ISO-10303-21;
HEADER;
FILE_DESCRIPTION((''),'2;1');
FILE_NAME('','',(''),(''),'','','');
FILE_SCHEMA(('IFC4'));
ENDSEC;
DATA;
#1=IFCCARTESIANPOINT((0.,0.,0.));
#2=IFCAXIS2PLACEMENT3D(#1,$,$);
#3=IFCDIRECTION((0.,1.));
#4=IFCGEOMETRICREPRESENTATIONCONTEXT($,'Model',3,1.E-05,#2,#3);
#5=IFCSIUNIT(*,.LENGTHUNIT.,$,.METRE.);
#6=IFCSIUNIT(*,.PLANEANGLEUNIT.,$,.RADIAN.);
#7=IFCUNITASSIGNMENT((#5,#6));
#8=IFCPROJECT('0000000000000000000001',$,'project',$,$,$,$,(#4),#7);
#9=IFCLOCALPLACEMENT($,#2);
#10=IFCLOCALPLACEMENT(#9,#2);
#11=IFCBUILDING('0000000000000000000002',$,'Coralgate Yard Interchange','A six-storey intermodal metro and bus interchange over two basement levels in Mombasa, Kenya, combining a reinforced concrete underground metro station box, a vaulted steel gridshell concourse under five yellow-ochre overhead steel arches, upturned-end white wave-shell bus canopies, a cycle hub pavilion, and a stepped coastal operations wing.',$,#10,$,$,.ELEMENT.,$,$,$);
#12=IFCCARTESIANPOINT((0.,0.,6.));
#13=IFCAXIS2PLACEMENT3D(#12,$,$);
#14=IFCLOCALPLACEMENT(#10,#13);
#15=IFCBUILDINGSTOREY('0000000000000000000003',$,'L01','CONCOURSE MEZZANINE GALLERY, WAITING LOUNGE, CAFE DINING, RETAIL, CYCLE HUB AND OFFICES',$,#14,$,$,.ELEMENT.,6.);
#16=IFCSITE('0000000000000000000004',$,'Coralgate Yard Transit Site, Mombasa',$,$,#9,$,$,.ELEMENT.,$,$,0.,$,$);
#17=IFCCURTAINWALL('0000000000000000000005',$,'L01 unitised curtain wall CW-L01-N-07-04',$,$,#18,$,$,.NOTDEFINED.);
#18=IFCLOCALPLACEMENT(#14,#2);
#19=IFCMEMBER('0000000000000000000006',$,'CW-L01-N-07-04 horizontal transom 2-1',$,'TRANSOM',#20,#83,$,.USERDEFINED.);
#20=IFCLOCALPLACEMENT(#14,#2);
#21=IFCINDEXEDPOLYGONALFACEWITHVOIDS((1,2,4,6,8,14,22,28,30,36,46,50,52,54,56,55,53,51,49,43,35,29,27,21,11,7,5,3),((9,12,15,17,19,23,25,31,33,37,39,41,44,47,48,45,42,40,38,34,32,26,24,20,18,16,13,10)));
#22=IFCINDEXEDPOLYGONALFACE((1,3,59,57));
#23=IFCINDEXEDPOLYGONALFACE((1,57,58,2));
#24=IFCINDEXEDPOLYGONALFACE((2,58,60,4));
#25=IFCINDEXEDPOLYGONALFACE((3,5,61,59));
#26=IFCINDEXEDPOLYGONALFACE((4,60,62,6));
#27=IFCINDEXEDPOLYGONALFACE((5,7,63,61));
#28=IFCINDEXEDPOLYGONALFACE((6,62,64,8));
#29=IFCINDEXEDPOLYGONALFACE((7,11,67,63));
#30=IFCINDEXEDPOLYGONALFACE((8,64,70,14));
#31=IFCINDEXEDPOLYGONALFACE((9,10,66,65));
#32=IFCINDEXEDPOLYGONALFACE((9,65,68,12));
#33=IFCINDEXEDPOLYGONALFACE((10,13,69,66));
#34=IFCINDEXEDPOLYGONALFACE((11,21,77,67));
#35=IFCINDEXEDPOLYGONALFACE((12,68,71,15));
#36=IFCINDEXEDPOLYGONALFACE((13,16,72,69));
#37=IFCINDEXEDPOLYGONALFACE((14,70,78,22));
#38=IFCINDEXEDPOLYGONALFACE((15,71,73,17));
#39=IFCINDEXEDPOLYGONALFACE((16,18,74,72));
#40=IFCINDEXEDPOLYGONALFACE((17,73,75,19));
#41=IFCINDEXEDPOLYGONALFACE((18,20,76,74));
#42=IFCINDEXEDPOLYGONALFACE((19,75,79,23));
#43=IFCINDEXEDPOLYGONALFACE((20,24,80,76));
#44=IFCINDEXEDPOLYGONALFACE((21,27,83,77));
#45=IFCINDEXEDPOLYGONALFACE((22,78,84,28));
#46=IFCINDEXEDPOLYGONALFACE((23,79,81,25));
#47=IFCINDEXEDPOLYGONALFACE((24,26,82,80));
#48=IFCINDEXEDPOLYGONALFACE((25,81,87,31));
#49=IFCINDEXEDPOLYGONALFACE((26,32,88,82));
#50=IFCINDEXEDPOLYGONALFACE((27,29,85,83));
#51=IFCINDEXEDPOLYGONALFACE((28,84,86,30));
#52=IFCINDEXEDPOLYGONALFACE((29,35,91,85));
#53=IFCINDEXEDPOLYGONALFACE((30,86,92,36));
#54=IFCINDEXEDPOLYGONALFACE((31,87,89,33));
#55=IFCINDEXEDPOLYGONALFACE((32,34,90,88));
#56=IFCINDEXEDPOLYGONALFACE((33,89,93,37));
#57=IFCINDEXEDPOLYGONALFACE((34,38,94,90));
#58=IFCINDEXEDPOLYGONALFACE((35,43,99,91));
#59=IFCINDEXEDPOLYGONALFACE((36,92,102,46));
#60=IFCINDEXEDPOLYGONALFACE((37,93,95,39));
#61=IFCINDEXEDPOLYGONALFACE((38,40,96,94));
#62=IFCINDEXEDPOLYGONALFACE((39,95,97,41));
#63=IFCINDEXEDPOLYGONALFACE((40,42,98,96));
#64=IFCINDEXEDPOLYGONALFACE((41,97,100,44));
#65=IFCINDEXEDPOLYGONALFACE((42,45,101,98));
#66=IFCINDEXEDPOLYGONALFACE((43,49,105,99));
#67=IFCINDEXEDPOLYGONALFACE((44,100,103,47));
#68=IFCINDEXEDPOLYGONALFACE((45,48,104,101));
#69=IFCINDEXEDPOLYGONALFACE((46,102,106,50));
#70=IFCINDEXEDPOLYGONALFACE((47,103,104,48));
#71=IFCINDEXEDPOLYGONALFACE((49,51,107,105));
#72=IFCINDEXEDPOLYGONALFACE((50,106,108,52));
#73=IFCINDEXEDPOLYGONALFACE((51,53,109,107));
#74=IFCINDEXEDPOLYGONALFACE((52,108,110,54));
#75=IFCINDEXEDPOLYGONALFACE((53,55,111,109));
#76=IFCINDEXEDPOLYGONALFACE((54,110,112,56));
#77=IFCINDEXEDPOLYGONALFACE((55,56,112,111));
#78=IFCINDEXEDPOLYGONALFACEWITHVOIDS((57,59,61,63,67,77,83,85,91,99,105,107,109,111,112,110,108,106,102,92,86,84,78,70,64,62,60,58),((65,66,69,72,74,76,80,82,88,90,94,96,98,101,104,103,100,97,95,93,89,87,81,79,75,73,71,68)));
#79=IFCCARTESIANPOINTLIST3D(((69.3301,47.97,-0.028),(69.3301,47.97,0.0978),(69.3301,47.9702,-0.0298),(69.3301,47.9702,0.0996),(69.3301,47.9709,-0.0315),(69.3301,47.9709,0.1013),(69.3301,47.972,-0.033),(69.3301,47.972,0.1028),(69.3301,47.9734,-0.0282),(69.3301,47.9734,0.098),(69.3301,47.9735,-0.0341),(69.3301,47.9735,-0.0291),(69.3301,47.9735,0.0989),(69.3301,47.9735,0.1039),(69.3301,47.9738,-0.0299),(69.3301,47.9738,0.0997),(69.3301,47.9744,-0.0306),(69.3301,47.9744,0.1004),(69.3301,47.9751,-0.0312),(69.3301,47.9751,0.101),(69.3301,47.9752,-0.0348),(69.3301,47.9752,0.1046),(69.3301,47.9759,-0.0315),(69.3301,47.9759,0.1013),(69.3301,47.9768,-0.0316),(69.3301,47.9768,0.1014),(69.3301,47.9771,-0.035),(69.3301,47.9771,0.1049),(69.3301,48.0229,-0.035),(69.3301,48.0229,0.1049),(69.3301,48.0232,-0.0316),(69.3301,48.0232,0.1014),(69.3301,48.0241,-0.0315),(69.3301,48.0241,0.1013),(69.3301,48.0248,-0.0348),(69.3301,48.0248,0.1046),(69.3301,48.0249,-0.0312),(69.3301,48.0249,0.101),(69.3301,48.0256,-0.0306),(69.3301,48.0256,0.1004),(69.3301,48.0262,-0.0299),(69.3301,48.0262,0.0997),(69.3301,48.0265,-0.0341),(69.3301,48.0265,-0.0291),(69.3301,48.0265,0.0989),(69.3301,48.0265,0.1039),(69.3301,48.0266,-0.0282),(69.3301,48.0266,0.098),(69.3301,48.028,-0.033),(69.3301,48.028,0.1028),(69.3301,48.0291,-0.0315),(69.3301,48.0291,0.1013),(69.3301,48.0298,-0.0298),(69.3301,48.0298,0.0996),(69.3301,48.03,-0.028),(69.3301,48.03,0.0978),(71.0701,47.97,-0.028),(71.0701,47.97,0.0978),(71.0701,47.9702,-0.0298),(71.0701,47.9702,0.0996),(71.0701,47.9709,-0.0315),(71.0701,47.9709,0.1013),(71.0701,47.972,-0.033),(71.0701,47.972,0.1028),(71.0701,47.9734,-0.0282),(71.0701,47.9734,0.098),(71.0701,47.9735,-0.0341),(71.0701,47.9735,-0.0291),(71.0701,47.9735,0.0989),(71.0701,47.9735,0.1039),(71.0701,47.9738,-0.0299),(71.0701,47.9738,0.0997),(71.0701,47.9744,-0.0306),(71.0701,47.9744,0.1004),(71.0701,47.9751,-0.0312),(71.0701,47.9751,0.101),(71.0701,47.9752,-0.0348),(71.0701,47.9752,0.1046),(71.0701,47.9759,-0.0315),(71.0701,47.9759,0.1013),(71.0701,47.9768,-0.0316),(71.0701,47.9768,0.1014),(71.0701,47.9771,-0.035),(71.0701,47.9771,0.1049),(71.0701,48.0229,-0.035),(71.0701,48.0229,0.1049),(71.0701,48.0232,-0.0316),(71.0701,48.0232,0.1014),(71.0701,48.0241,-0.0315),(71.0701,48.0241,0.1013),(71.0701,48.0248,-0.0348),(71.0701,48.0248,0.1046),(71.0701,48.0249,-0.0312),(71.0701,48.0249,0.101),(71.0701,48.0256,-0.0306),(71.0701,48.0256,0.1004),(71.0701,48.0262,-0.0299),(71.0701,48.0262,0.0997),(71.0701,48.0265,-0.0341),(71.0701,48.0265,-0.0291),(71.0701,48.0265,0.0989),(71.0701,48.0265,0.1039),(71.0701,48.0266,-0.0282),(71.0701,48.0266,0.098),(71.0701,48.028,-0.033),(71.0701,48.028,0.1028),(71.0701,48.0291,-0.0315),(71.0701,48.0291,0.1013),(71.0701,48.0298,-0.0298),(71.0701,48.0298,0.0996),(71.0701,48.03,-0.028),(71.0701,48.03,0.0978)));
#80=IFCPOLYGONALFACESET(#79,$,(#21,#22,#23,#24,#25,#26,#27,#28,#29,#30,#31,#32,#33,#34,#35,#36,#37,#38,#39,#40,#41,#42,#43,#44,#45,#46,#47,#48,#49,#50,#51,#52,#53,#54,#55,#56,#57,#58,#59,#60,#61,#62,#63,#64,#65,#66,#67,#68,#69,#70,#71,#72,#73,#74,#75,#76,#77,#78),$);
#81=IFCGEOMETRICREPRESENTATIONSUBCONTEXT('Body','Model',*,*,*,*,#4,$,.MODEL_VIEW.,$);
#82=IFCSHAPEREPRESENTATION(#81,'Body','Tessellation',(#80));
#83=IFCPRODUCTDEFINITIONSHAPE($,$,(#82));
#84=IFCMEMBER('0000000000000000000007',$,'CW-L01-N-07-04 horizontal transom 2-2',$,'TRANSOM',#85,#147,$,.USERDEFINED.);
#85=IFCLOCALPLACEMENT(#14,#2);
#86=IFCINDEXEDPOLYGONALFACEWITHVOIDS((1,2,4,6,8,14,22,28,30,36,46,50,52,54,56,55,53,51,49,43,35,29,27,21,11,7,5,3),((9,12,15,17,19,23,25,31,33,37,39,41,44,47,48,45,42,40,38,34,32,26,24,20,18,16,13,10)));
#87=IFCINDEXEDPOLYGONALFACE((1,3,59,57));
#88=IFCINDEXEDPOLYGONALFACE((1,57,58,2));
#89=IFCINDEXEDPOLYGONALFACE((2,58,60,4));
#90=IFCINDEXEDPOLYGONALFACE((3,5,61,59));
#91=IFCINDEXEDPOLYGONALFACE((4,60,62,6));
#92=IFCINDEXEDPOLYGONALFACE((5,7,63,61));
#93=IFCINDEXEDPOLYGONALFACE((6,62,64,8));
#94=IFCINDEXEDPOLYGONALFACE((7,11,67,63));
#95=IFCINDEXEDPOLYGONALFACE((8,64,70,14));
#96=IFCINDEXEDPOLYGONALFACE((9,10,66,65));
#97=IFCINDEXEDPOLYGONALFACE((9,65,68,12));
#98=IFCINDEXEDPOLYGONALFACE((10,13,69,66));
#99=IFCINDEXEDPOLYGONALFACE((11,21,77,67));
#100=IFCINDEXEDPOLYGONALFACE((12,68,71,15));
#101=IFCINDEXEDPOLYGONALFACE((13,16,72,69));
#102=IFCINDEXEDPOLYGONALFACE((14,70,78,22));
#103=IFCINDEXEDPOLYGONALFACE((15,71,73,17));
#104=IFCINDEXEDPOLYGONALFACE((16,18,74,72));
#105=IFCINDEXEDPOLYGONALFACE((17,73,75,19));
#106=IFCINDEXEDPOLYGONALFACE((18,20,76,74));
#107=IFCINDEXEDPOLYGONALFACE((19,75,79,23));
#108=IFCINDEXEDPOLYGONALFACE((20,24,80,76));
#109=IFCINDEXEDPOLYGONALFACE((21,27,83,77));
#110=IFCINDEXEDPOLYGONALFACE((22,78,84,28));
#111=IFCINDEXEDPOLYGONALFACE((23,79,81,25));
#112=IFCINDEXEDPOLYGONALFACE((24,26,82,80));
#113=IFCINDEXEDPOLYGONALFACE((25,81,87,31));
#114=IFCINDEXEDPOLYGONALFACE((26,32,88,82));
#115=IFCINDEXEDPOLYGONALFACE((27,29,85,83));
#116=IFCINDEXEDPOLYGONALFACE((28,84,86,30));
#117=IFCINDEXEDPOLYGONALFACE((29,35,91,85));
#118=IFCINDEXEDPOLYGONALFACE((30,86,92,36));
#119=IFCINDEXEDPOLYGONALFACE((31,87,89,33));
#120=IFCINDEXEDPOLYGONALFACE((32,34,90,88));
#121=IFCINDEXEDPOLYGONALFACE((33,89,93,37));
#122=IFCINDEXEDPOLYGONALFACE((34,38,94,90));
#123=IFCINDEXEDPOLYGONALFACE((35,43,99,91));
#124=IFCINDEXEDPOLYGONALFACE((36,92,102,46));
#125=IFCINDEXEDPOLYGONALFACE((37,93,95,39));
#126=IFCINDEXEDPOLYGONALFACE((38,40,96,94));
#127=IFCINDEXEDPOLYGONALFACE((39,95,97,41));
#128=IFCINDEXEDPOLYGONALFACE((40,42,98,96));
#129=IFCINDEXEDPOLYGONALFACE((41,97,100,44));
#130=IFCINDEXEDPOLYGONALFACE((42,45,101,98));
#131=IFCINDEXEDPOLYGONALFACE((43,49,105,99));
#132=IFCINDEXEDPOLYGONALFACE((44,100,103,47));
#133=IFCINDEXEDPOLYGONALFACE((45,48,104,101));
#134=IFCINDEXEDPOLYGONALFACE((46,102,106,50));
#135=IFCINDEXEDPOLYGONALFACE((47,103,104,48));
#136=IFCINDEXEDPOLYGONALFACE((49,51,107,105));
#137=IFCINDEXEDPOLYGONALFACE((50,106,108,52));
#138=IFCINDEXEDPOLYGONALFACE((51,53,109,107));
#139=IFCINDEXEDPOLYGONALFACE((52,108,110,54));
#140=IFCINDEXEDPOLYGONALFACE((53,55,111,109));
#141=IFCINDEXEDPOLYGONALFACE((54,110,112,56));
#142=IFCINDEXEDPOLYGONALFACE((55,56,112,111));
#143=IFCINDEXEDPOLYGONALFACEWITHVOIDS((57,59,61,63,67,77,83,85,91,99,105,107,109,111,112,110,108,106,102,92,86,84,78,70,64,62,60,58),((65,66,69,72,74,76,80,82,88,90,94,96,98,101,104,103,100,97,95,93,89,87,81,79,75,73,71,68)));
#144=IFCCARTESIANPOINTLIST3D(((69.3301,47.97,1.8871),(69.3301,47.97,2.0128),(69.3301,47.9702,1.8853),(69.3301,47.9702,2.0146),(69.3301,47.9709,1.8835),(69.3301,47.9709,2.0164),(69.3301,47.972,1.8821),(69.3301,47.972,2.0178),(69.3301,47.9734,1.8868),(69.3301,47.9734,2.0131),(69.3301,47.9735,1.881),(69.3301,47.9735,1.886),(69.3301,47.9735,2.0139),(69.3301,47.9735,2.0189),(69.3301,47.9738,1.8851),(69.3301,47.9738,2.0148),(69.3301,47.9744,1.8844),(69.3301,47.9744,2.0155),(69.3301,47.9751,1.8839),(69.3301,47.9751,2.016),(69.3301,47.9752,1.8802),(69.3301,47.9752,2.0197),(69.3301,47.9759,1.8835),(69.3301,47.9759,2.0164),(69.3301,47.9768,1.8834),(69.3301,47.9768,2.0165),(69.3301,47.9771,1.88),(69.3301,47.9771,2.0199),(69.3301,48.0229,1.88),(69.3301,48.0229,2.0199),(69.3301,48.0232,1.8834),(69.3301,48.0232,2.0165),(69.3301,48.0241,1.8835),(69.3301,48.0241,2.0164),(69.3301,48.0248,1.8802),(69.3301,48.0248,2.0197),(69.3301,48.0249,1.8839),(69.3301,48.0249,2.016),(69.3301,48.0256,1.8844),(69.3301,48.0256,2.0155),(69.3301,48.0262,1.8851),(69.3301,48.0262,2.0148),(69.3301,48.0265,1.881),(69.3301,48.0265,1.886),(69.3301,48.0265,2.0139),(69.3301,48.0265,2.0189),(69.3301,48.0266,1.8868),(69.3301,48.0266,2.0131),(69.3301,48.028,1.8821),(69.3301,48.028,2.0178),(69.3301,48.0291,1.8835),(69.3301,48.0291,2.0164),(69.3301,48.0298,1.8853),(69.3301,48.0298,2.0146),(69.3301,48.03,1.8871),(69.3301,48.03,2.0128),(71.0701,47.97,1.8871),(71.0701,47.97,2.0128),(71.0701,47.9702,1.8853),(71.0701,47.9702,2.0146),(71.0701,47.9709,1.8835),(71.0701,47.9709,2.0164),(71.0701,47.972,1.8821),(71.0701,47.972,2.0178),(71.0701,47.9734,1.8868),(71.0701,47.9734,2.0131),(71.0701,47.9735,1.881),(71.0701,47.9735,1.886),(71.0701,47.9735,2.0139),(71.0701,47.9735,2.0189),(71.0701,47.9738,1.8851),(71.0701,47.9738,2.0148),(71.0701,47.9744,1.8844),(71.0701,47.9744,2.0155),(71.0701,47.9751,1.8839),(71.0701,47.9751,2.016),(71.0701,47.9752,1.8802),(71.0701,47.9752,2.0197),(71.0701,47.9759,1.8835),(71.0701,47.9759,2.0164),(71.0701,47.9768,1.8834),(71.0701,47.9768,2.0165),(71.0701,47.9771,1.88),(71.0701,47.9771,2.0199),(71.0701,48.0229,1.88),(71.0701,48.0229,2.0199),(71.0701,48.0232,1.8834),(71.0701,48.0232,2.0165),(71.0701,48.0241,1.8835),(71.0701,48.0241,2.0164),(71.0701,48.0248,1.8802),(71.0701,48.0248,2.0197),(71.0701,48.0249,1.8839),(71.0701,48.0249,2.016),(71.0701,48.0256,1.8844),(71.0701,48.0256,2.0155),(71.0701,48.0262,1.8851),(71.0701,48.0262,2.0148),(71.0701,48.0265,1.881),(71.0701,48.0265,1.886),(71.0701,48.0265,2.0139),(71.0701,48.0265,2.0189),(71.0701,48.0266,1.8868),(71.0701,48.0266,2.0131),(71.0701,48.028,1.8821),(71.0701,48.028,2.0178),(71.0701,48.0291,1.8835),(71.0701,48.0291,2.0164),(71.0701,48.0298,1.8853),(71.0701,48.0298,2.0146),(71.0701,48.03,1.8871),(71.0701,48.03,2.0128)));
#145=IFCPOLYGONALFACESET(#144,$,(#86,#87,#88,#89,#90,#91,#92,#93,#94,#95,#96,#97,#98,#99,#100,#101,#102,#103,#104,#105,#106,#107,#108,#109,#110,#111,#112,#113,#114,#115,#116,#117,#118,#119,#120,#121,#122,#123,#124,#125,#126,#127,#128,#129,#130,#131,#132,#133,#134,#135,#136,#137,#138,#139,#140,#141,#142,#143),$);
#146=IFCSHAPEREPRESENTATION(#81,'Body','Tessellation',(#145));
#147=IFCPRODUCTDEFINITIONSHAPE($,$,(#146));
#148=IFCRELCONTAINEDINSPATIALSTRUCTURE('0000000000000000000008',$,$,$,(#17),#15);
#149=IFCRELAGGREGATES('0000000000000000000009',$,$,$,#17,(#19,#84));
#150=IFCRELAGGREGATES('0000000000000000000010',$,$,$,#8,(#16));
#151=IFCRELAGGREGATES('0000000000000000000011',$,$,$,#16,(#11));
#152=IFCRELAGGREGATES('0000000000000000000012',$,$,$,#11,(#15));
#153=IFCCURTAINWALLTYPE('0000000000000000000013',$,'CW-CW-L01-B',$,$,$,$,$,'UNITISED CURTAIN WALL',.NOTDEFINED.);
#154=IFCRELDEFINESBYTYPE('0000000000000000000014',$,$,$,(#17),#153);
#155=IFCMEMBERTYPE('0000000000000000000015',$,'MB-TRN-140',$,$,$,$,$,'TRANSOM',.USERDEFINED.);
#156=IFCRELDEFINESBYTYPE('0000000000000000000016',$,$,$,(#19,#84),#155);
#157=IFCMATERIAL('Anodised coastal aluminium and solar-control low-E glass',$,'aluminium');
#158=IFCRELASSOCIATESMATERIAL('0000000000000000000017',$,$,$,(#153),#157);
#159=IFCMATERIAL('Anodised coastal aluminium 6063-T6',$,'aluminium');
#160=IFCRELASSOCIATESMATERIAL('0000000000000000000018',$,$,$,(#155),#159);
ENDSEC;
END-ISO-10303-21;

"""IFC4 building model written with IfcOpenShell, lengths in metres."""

from ifc_helpers import new_model, si_unit, direction, frame, origin, origin_2d, place, context, subcontext, project, spatial, hollow_rectangle, extrude, material, material_profile, profile_set, type_object, element, aggregate, save


model = new_model("IFC4")

# Units and contexts
model_context = context("Model", 3, precision=1e-05, world=origin(), true_north=direction((0.0, 1.0)))
body_context = subcontext(model_context, "Body", "Model", "MODEL_VIEW")
ifc_project = project(units=[si_unit("LENGTHUNIT", "METRE"), si_unit("PLANEANGLEUNIT", "RADIAN")], contexts=[model_context])

# Site, building, storey
site_placement = place(None, origin())
site = spatial("IfcSite", under=ifc_project, at=site_placement, Name="Coralgate Yard Transit Site, Mombasa", CompositionType="ELEMENT", RefElevation=0.0)
building_placement = place(site_placement, origin())
building = spatial("IfcBuilding", under=site, at=building_placement, Name="Coralgate Yard Interchange", Description="A six-storey intermodal metro and bus interchange over two basement levels in Mombasa, Kenya, combining a reinforced concrete underground metro station box, a vaulted steel gridshell concourse under five yellow-ochre overhead steel arches, upturned-end white wave-shell bus canopies, a cycle hub pavilion, and a stepped coastal operations wing.", CompositionType="ELEMENT")
storey_placement = place(building_placement, frame((0.0, 0.0, 6.0)))
storey = spatial("IfcBuildingStorey", under=building, at=storey_placement, Name="L01", Description="CONCOURSE MEZZANINE GALLERY, WAITING LOUNGE, CAFE DINING, RETAIL, CYCLE HUB AND OFFICES", CompositionType="ELEMENT", Elevation=6.0)

# Curtain wall
ifc_material_1 = material(Name="Anodised coastal aluminium and solar-control low-E glass", Category="aluminium")
curtain_wall_type = type_object("IfcCurtainWallType", Name="CW-CW-L01-B", ElementType="UNITISED CURTAIN WALL", PredefinedType="NOTDEFINED", material=ifc_material_1)
ifc_material_2 = material(Name="Anodised coastal aluminium 6063-T6", Category="aluminium")
curtain_wall_1_placement = place(storey_placement, origin())
curtain_wall_1 = element("IfcCurtainWall", 1, at=curtain_wall_1_placement, inside=storey, type_object=curtain_wall_type, Name="L01 unitised curtain wall CW-L01-N-07-04", PredefinedType="NOTDEFINED")

# Members
ifc_material_profile_1 = material_profile(ifc_material_2, hollow_rectangle(XDim=0.0601, YDim=0.1399, WallThickness=0.0034, InnerFilletRadius=0.0034, OuterFilletRadius=0.0071, at=origin_2d()), Name="ALU 60x140x3.5")
ifc_profile_set_1 = profile_set([ifc_material_profile_1], Name="Anodised coastal aluminium 6063-T6")
member_type_1 = type_object("IfcMemberType", Name="MB-TRN-140", ElementType="TRANSOM", PredefinedType="USERDEFINED", material=ifc_profile_set_1)
member_1_placement = place(storey_placement, frame((69.3301, 48.0, 0.0349), z_axis=(1.0, 0.0, 0.0), x_axis=(0.0, 1.0, 0.0)))
member_1 = element("IfcMember", 2, at=member_1_placement, type_object=member_type_1, Name="CW-L01-N-07-04 horizontal transom 2-1", ObjectType="TRANSOM", PredefinedType="USERDEFINED", context=body_context, shape_type="SweptSolid", body=[
    extrude(hollow_rectangle(XDim=0.0601, YDim=0.1399, WallThickness=0.0034, InnerFilletRadius=0.0034, OuterFilletRadius=0.0071, at=origin_2d()), origin(), (0.0, 0.0, 1.0), 1.74),
])
member_2_placement = place(storey_placement, frame((69.3301, 48.0, 1.95), z_axis=(1.0, 0.0, 0.0), x_axis=(0.0, 1.0, 0.0)))
member_2 = element("IfcMember", 3, at=member_2_placement, type_object=member_type_1, Name="CW-L01-N-07-04 horizontal transom 2-2", ObjectType="TRANSOM", PredefinedType="USERDEFINED", context=body_context, shape_type="SweptSolid", body=[
    extrude(hollow_rectangle(XDim=0.0601, YDim=0.1399, WallThickness=0.0034, InnerFilletRadius=0.0034, OuterFilletRadius=0.0071, at=origin_2d()), origin(), (0.0, 0.0, 1.0), 1.74),
])

aggregate(curtain_wall_1, [member_1, member_2])

save(model, "model.ifc")
